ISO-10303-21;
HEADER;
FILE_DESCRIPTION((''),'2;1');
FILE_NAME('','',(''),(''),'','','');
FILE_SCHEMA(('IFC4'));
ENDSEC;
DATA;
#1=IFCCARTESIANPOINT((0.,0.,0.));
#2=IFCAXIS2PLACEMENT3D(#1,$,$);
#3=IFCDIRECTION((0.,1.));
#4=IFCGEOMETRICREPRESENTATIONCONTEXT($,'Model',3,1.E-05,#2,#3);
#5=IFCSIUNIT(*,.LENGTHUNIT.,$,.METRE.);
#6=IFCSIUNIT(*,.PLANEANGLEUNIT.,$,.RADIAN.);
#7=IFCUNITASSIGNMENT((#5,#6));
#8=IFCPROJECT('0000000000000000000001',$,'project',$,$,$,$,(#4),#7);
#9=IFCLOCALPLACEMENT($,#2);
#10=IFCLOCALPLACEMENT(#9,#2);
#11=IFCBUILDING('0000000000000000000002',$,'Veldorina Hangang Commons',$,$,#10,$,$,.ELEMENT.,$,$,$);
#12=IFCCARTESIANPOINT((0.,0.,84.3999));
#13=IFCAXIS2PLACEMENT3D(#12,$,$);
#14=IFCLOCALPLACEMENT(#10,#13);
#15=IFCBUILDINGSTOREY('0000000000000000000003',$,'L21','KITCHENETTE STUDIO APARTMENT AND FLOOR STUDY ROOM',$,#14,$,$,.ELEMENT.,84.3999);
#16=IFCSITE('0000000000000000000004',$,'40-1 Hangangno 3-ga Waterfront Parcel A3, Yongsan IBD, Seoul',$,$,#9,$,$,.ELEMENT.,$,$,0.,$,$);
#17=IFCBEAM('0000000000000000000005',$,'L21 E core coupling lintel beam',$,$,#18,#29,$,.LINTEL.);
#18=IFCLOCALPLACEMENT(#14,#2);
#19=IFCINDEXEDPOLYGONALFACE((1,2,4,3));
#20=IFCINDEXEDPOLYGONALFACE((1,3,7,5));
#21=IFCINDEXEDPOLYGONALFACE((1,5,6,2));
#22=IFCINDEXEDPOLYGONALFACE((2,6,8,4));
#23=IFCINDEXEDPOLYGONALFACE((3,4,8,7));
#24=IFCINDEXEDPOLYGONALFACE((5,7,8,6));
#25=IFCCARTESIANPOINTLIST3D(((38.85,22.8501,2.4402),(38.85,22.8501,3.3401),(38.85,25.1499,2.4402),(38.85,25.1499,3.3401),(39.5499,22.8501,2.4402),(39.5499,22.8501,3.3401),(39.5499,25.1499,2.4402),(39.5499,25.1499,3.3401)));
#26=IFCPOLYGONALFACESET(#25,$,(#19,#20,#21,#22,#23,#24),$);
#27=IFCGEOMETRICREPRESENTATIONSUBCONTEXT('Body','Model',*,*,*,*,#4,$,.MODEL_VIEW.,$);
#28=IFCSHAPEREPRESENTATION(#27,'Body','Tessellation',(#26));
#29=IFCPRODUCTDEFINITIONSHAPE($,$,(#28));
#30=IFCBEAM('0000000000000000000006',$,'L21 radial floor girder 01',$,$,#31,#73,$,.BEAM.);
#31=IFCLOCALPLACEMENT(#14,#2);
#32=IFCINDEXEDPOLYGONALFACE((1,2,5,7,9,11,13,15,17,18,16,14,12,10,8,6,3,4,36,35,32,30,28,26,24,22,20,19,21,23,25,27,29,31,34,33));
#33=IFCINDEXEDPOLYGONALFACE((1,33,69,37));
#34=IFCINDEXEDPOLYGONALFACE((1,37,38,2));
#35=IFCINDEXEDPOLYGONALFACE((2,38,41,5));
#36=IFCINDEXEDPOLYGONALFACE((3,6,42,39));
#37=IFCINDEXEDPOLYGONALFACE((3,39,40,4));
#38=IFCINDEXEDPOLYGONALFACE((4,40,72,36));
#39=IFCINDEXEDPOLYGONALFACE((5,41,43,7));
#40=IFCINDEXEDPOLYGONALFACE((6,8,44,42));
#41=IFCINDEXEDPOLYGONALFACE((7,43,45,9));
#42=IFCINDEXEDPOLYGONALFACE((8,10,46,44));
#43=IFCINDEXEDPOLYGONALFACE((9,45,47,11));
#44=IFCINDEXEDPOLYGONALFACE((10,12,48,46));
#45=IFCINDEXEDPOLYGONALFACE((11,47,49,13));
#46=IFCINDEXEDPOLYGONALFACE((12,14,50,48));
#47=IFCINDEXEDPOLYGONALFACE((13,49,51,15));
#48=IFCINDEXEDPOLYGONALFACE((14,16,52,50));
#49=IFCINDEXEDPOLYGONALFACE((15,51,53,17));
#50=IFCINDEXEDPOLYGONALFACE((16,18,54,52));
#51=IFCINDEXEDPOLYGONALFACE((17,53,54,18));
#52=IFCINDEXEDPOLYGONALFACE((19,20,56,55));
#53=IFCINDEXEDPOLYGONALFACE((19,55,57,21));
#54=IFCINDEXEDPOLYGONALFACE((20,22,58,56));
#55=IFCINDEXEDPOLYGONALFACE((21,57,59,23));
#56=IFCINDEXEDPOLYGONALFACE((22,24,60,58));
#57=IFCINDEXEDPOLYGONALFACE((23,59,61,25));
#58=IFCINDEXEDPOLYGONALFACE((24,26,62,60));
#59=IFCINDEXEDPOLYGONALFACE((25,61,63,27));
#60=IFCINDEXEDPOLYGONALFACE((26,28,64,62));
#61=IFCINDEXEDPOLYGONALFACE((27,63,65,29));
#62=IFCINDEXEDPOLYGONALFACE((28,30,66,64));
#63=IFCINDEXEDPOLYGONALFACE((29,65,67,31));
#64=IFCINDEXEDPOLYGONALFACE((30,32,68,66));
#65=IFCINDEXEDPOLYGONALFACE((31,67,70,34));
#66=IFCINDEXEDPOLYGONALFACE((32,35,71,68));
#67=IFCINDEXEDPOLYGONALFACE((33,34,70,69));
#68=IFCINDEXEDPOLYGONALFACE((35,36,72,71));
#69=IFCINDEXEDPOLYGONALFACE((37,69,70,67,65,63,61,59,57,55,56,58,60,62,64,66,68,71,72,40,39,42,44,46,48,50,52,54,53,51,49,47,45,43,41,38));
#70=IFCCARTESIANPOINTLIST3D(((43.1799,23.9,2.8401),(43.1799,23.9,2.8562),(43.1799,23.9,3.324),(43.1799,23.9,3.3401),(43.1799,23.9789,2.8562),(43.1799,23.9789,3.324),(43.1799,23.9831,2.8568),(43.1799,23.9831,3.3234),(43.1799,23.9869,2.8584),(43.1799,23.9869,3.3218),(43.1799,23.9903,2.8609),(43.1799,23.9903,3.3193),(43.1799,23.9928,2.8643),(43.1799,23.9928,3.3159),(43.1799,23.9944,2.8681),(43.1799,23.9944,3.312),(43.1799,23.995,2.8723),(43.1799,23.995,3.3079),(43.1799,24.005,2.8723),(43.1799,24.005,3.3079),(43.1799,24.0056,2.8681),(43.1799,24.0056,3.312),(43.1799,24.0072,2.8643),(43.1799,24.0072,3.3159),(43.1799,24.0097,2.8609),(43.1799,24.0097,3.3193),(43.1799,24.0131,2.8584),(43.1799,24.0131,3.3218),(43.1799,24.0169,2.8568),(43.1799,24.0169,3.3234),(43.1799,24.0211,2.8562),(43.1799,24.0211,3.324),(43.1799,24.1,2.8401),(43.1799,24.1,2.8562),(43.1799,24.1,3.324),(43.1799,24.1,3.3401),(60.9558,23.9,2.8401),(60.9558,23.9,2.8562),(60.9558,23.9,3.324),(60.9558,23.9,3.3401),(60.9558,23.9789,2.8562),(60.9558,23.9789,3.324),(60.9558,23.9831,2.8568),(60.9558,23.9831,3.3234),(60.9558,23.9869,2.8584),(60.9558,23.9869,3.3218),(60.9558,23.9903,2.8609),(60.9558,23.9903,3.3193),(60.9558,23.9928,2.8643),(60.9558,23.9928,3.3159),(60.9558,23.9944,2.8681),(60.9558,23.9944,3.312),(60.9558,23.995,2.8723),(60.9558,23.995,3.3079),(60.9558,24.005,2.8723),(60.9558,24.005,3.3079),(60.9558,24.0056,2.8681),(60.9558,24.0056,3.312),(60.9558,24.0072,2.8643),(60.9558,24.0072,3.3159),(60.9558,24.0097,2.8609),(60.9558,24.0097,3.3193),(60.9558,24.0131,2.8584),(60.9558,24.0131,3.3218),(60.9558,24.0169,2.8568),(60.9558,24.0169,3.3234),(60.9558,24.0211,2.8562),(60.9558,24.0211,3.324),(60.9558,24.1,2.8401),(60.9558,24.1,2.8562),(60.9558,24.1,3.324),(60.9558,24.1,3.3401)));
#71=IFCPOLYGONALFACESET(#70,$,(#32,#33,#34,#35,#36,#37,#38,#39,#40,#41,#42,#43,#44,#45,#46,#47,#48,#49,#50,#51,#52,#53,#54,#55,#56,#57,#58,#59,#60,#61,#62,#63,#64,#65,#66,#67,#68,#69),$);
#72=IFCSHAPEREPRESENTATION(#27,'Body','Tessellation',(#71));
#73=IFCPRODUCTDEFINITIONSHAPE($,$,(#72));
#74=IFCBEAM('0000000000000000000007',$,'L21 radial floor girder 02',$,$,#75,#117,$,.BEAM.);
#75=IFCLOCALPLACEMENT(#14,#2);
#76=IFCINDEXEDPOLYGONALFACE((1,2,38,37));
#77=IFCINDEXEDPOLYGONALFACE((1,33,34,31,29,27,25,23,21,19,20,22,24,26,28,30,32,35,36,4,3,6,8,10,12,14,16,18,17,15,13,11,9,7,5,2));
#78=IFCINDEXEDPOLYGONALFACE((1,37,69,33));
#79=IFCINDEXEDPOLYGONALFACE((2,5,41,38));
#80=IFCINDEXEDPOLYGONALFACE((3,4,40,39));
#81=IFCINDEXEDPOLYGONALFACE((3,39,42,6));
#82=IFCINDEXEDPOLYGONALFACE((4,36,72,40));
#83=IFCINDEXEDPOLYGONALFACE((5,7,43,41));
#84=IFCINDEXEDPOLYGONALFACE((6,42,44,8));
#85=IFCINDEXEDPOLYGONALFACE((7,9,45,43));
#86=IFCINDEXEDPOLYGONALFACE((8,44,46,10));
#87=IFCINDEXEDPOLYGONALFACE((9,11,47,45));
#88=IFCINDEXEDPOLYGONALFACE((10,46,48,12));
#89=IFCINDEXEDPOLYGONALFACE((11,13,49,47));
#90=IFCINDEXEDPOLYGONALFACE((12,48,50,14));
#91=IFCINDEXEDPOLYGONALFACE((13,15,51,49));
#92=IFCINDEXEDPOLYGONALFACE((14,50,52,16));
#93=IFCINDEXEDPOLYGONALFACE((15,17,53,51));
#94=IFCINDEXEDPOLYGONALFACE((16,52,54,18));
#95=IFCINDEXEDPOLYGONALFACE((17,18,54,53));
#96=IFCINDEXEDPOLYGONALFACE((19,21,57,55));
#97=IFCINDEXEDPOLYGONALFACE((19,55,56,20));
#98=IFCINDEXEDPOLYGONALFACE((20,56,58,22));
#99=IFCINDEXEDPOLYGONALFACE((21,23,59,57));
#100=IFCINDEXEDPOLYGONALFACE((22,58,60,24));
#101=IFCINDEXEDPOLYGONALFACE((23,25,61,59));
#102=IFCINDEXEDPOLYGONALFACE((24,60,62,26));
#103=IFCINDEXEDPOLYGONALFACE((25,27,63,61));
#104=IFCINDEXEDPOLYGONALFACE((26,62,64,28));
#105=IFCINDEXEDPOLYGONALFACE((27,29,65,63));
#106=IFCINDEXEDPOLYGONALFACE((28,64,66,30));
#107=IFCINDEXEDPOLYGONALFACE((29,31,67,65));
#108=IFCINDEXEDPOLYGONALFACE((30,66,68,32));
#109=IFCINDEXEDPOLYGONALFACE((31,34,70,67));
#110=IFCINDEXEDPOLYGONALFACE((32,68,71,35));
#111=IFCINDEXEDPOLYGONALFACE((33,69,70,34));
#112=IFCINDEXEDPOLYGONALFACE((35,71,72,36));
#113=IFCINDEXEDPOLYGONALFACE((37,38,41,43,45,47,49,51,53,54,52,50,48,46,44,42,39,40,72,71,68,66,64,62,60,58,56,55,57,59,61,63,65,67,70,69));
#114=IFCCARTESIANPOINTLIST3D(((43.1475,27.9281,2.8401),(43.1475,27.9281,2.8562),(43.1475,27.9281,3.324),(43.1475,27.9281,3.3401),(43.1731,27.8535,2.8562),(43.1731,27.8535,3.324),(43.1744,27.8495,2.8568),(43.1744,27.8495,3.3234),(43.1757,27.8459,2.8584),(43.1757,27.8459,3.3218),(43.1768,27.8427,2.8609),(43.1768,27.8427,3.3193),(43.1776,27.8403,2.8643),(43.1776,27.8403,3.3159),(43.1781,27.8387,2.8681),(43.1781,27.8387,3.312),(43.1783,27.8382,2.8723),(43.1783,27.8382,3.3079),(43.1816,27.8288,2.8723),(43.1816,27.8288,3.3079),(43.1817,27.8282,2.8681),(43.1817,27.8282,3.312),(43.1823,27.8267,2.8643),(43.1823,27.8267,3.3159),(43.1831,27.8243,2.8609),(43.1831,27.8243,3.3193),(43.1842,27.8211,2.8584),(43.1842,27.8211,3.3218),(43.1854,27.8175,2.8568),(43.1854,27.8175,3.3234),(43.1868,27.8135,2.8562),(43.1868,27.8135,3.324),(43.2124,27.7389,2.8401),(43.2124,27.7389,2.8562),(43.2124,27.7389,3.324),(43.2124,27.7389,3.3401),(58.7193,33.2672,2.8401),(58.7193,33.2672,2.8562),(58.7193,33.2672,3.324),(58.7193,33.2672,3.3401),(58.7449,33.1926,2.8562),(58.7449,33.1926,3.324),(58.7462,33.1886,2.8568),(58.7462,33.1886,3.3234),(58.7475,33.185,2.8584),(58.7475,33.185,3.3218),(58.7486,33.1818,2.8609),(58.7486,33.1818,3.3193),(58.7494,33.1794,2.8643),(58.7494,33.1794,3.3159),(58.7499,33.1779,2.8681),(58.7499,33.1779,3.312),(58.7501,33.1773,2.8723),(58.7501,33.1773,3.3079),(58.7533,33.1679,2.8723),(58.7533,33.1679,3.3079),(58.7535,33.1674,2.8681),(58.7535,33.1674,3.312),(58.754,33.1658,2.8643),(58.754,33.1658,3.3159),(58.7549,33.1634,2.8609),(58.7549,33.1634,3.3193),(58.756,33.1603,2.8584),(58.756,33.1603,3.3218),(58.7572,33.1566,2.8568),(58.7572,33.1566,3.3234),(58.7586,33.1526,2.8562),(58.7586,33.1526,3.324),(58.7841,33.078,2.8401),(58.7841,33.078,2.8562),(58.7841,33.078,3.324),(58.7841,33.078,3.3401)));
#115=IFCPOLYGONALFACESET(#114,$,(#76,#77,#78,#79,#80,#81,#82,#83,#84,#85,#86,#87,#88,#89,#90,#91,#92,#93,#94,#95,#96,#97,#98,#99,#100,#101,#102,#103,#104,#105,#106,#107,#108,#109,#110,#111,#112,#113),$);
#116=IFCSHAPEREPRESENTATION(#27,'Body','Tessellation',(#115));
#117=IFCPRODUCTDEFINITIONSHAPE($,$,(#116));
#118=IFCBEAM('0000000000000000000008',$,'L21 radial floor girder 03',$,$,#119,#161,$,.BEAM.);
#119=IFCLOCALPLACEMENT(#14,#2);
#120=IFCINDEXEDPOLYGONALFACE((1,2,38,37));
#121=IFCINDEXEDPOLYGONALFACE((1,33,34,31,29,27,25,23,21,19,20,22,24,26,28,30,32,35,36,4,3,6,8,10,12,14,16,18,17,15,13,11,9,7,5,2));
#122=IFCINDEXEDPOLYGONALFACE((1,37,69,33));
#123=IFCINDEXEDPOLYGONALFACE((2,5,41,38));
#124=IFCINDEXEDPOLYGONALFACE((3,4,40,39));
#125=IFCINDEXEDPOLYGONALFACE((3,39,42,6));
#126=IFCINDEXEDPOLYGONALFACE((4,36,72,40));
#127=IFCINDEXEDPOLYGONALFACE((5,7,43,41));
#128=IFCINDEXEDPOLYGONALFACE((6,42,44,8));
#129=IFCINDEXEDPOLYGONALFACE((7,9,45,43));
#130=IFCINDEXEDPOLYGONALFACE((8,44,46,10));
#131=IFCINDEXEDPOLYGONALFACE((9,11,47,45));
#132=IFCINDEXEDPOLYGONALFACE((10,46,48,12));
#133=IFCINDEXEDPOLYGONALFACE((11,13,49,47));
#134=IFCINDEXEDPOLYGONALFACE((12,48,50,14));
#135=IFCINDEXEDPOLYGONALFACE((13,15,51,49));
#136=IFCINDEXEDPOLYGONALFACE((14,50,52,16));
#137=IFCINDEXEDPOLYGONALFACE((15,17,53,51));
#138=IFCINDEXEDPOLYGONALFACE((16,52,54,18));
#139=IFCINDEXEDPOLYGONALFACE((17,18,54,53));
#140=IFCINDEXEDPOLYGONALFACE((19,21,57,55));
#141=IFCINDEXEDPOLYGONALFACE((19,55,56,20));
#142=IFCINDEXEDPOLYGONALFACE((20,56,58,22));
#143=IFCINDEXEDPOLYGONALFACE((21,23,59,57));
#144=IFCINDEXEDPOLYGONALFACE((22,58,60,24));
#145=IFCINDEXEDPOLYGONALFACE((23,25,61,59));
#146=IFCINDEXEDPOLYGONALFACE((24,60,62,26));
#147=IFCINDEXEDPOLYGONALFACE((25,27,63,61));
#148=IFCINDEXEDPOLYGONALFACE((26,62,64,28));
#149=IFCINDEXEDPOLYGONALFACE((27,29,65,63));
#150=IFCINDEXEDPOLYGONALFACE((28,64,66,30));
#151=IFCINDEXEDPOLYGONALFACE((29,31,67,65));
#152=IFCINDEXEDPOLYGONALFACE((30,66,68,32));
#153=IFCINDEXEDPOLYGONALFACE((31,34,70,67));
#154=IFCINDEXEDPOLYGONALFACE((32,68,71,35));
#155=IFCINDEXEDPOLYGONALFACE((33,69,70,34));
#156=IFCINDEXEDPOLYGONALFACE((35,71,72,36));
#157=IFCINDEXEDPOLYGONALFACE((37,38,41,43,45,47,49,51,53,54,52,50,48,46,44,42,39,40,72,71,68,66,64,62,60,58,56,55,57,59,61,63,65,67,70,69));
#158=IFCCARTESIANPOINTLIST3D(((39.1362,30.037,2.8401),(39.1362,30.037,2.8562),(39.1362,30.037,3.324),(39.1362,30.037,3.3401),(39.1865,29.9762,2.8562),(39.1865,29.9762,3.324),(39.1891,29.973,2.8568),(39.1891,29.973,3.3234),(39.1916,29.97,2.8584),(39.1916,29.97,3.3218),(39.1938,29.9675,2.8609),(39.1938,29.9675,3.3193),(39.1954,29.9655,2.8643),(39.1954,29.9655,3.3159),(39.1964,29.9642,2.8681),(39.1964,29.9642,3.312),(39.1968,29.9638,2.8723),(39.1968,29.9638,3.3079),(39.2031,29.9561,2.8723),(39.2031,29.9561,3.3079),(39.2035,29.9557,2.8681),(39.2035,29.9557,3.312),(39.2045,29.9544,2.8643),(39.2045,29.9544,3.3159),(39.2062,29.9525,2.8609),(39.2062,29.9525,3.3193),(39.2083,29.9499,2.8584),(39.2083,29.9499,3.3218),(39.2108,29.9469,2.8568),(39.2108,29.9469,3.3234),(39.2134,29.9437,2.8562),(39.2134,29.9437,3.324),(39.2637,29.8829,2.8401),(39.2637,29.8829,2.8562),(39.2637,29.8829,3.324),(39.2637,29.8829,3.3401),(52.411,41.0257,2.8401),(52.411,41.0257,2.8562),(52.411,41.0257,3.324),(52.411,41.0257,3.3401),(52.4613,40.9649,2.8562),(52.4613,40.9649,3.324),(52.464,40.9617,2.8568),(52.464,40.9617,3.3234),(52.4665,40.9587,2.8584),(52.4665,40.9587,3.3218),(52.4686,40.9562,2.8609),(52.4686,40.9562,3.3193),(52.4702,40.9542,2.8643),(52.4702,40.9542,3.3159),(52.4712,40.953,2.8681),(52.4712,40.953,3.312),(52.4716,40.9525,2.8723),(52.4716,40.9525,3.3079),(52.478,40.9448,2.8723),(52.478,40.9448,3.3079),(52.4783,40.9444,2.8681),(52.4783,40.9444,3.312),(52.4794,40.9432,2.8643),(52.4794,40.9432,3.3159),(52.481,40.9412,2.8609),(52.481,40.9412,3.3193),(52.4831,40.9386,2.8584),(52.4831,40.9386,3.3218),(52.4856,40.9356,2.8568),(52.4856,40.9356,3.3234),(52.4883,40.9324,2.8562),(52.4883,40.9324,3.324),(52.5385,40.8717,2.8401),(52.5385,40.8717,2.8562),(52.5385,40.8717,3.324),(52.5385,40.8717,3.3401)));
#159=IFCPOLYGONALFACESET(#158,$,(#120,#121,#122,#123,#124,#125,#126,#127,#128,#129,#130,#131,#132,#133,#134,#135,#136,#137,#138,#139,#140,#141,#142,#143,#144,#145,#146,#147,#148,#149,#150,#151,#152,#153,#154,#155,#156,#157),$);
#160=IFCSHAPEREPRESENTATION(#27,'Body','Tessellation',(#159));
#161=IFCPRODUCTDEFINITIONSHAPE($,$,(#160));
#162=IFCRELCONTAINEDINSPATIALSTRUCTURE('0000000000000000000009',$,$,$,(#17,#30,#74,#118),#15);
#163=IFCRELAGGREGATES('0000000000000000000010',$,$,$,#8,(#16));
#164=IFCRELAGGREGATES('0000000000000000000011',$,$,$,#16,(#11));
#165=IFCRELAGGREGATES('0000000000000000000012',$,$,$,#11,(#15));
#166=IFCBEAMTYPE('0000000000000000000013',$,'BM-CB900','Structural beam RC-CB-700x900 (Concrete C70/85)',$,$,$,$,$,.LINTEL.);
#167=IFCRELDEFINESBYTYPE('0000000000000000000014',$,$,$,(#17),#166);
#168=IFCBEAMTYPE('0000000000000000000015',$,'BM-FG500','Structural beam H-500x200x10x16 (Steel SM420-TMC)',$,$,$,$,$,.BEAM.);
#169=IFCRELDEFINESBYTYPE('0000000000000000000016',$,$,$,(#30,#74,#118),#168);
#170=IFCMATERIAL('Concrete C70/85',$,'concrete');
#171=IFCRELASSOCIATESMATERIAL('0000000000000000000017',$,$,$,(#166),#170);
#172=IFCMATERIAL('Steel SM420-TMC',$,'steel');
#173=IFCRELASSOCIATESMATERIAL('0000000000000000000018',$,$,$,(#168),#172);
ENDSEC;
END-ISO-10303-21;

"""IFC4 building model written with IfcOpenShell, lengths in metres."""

from ifc_helpers import new_model, si_unit, direction, frame, origin, origin_2d, place, context, subcontext, project, spatial, rectangle, i_section, extrude, material, material_profile, profile_set, type_object, element, save


model = new_model("IFC4")

# Units and contexts
model_context = context("Model", 3, precision=1e-05, world=origin(), true_north=direction((0.0, 1.0)))
body_context = subcontext(model_context, "Body", "Model", "MODEL_VIEW")
ifc_project = project(units=[si_unit("LENGTHUNIT", "METRE"), si_unit("PLANEANGLEUNIT", "RADIAN")], contexts=[model_context])

# Site, building, storey
site_placement = place(None, origin())
site = spatial("IfcSite", under=ifc_project, at=site_placement, Name="40-1 Hangangno 3-ga Waterfront Parcel A3, Yongsan IBD, Seoul", CompositionType="ELEMENT", RefElevation=0.0)
building_placement = place(site_placement, origin())
building = spatial("IfcBuilding", under=site, at=building_placement, Name="Veldorina Hangang Commons", CompositionType="ELEMENT")
storey_placement = place(building_placement, frame((0.0, 0.0, 84.3999)))
storey = spatial("IfcBuildingStorey", under=building, at=storey_placement, Name="L21", Description="KITCHENETTE STUDIO APARTMENT AND FLOOR STUDY ROOM", CompositionType="ELEMENT", Elevation=84.3999)

# Beams
ifc_material_1 = material(Name="Concrete C70/85", Category="concrete")
ifc_material_profile_1 = material_profile(ifc_material_1, rectangle(XDim=0.7, YDim=0.8999, at=origin_2d()), Name="RC-CB-700x900")
ifc_profile_set_1 = profile_set([ifc_material_profile_1], Name="Concrete C70/85")
beam_type_1 = type_object("IfcBeamType", Name="BM-CB900", Description="Structural beam RC-CB-700x900 (Concrete C70/85)", PredefinedType="LINTEL", material=ifc_profile_set_1)
beam_1_placement = place(storey_placement, frame((39.2, 22.8501, 2.8901), z_axis=(0.0, 1.0, 0.0), x_axis=(-1.0, 0.0, 0.0)))
element("IfcBeam", 1, at=beam_1_placement, inside=storey, type_object=beam_type_1, Name="L21 E core coupling lintel beam", PredefinedType="LINTEL", context=body_context, shape_type="SweptSolid", body=[
    extrude(rectangle(XDim=0.7, YDim=0.8999, at=origin_2d()), origin(), (0.0, 0.0, 1.0), 2.2998),
])
ifc_material_2 = material(Name="Steel SM420-TMC", Category="steel")
ifc_material_profile_2 = material_profile(ifc_material_2, i_section(OverallWidth=0.2, OverallDepth=0.5, WebThickness=0.01, FlangeThickness=0.0161, FilletRadius=0.0161, at=origin_2d()), Name="H-500x200x10x16")
ifc_profile_set_2 = profile_set([ifc_material_profile_2], Name="Steel SM420-TMC")
beam_type_2 = type_object("IfcBeamType", Name="BM-FG500", Description="Structural beam H-500x200x10x16 (Steel SM420-TMC)", PredefinedType="BEAM", material=ifc_profile_set_2)
beam_2_placement = place(storey_placement, frame((43.1799, 24.0, 3.0901), z_axis=(1.0, 0.0, 0.0), x_axis=(0.0, 1.0, 0.0)))
element("IfcBeam", 2, at=beam_2_placement, inside=storey, type_object=beam_type_2, Name="L21 radial floor girder 01", PredefinedType="BEAM", context=body_context, shape_type="SweptSolid", body=[
    extrude(i_section(OverallWidth=0.2, OverallDepth=0.5, WebThickness=0.01, FlangeThickness=0.0161, FilletRadius=0.0161, at=origin_2d()), origin(), (0.0, 0.0, 1.0), 17.7759),
])
beam_3_placement = place(storey_placement, frame((43.1799, 27.8335, 3.0901), z_axis=(0.945942, 0.324336, 0.0), x_axis=(-0.324336, 0.945942, 0.0)))
element("IfcBeam", 3, at=beam_3_placement, inside=storey, type_object=beam_type_2, Name="L21 radial floor girder 02", PredefinedType="BEAM", context=body_context, shape_type="SweptSolid", body=[
    extrude(i_section(OverallWidth=0.2, OverallDepth=0.5, WebThickness=0.01, FlangeThickness=0.0161, FilletRadius=0.0161, at=origin_2d()), origin(), (0.0, 0.0, 1.0), 16.4617),
])
beam_4_placement = place(storey_placement, frame((39.2, 29.96, 3.0901), z_axis=(0.770319, 0.637659, 0.0), x_axis=(-0.637659, 0.770319, 0.0)))
element("IfcBeam", 4, at=beam_4_placement, inside=storey, type_object=beam_type_2, Name="L21 radial floor girder 03", PredefinedType="BEAM", context=body_context, shape_type="SweptSolid", body=[
    extrude(i_section(OverallWidth=0.2, OverallDepth=0.5, WebThickness=0.01, FlangeThickness=0.0161, FilletRadius=0.0161, at=origin_2d()), origin(), (0.0, 0.0, 1.0), 17.2329),
])

save(model, "model.ifc")
